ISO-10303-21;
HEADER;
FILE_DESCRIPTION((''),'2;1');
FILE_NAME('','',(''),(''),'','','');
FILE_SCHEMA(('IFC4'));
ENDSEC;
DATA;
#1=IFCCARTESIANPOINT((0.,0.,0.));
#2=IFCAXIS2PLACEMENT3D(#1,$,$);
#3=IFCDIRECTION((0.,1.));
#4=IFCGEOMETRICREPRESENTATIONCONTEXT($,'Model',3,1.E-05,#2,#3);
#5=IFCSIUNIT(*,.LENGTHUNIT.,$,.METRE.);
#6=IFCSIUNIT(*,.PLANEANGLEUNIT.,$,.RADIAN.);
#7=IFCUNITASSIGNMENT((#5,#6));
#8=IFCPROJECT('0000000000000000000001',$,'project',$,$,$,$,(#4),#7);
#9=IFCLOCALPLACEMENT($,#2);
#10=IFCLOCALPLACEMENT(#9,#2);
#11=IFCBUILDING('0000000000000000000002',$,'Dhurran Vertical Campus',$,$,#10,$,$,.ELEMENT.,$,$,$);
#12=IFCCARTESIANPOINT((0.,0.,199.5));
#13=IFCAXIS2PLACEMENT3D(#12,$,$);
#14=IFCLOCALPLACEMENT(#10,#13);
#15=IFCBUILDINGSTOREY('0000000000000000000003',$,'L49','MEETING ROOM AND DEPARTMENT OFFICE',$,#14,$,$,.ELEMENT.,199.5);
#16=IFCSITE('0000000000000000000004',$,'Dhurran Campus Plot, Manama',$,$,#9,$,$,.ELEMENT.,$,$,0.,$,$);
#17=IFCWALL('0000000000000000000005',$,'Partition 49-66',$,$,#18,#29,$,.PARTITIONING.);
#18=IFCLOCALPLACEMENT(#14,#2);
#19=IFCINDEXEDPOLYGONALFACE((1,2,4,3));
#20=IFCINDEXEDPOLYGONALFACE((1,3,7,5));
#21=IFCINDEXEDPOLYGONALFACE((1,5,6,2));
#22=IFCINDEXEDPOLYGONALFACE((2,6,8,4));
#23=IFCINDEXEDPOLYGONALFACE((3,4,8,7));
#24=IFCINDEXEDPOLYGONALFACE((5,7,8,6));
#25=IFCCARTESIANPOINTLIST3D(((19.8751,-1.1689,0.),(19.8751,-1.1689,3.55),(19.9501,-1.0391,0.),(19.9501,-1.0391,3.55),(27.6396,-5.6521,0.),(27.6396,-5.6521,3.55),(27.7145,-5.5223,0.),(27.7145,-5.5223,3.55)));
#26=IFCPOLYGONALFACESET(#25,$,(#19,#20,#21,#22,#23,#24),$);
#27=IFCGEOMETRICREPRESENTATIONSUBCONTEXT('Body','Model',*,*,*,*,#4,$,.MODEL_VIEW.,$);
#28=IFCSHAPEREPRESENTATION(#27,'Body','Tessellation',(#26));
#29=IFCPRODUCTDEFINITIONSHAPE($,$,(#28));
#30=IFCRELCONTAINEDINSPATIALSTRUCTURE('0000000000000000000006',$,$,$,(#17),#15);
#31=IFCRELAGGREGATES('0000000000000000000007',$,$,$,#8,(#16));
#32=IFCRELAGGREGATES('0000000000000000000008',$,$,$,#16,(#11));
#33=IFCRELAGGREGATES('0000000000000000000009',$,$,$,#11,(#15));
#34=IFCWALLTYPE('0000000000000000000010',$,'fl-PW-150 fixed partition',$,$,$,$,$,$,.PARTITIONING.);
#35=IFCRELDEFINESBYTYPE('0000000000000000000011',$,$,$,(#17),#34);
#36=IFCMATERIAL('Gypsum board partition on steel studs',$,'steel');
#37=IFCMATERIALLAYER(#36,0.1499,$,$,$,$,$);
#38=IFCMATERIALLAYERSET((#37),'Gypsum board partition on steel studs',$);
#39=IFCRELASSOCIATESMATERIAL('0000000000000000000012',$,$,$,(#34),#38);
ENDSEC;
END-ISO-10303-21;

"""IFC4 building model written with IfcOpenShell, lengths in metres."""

from ifc_helpers import new_model, si_unit, direction, frame, frame_2d, origin, place, context, subcontext, project, spatial, rectangle, extrude, material, layer, layer_set, type_object, element, save


model = new_model("IFC4")

# Units and contexts
model_context = context("Model", 3, precision=1e-05, world=origin(), true_north=direction((0.0, 1.0)))
body_context = subcontext(model_context, "Body", "Model", "MODEL_VIEW")
ifc_project = project(units=[si_unit("LENGTHUNIT", "METRE"), si_unit("PLANEANGLEUNIT", "RADIAN")], contexts=[model_context])

# Site, building, storey
site_placement = place(None, origin())
site = spatial("IfcSite", under=ifc_project, at=site_placement, Name="Dhurran Campus Plot, Manama", CompositionType="ELEMENT", RefElevation=0.0)
building_placement = place(site_placement, origin())
building = spatial("IfcBuilding", under=site, at=building_placement, Name="Dhurran Vertical Campus", CompositionType="ELEMENT")
storey_placement = place(building_placement, frame((0.0, 0.0, 199.5)))
storey = spatial("IfcBuildingStorey", under=building, at=storey_placement, Name="L49", Description="MEETING ROOM AND DEPARTMENT OFFICE", CompositionType="ELEMENT", Elevation=199.5)

# Wall
ifc_material_1 = material(Name="Gypsum board partition on steel studs", Category="steel")
ifc_layer_1 = layer(ifc_material_1, 0.1499)
ifc_layer_set_1 = layer_set([ifc_layer_1], Name="Gypsum board partition on steel studs")
wall_type_1 = type_object("IfcWallType", Name="fl-PW-150 fixed partition", PredefinedType="PARTITIONING", material=ifc_layer_set_1)
wall_1_placement = place(storey_placement, frame((19.9126, -1.104, 0.0), z_axis=(0.0, 0.0, 1.0), x_axis=(0.866007, -0.500031, 0.0)))
element("IfcWall", 1, at=wall_1_placement, inside=storey, type_object=wall_type_1, Name="Partition 49-66", PredefinedType="PARTITIONING", context=body_context, shape_type="SweptSolid", body=[
    extrude(rectangle(XDim=8.9658, YDim=0.1499, at=frame_2d((4.4829, 0.0))), origin(), (0.0, 0.0, 1.0), 3.55),
])

save(model, "model.ifc")
